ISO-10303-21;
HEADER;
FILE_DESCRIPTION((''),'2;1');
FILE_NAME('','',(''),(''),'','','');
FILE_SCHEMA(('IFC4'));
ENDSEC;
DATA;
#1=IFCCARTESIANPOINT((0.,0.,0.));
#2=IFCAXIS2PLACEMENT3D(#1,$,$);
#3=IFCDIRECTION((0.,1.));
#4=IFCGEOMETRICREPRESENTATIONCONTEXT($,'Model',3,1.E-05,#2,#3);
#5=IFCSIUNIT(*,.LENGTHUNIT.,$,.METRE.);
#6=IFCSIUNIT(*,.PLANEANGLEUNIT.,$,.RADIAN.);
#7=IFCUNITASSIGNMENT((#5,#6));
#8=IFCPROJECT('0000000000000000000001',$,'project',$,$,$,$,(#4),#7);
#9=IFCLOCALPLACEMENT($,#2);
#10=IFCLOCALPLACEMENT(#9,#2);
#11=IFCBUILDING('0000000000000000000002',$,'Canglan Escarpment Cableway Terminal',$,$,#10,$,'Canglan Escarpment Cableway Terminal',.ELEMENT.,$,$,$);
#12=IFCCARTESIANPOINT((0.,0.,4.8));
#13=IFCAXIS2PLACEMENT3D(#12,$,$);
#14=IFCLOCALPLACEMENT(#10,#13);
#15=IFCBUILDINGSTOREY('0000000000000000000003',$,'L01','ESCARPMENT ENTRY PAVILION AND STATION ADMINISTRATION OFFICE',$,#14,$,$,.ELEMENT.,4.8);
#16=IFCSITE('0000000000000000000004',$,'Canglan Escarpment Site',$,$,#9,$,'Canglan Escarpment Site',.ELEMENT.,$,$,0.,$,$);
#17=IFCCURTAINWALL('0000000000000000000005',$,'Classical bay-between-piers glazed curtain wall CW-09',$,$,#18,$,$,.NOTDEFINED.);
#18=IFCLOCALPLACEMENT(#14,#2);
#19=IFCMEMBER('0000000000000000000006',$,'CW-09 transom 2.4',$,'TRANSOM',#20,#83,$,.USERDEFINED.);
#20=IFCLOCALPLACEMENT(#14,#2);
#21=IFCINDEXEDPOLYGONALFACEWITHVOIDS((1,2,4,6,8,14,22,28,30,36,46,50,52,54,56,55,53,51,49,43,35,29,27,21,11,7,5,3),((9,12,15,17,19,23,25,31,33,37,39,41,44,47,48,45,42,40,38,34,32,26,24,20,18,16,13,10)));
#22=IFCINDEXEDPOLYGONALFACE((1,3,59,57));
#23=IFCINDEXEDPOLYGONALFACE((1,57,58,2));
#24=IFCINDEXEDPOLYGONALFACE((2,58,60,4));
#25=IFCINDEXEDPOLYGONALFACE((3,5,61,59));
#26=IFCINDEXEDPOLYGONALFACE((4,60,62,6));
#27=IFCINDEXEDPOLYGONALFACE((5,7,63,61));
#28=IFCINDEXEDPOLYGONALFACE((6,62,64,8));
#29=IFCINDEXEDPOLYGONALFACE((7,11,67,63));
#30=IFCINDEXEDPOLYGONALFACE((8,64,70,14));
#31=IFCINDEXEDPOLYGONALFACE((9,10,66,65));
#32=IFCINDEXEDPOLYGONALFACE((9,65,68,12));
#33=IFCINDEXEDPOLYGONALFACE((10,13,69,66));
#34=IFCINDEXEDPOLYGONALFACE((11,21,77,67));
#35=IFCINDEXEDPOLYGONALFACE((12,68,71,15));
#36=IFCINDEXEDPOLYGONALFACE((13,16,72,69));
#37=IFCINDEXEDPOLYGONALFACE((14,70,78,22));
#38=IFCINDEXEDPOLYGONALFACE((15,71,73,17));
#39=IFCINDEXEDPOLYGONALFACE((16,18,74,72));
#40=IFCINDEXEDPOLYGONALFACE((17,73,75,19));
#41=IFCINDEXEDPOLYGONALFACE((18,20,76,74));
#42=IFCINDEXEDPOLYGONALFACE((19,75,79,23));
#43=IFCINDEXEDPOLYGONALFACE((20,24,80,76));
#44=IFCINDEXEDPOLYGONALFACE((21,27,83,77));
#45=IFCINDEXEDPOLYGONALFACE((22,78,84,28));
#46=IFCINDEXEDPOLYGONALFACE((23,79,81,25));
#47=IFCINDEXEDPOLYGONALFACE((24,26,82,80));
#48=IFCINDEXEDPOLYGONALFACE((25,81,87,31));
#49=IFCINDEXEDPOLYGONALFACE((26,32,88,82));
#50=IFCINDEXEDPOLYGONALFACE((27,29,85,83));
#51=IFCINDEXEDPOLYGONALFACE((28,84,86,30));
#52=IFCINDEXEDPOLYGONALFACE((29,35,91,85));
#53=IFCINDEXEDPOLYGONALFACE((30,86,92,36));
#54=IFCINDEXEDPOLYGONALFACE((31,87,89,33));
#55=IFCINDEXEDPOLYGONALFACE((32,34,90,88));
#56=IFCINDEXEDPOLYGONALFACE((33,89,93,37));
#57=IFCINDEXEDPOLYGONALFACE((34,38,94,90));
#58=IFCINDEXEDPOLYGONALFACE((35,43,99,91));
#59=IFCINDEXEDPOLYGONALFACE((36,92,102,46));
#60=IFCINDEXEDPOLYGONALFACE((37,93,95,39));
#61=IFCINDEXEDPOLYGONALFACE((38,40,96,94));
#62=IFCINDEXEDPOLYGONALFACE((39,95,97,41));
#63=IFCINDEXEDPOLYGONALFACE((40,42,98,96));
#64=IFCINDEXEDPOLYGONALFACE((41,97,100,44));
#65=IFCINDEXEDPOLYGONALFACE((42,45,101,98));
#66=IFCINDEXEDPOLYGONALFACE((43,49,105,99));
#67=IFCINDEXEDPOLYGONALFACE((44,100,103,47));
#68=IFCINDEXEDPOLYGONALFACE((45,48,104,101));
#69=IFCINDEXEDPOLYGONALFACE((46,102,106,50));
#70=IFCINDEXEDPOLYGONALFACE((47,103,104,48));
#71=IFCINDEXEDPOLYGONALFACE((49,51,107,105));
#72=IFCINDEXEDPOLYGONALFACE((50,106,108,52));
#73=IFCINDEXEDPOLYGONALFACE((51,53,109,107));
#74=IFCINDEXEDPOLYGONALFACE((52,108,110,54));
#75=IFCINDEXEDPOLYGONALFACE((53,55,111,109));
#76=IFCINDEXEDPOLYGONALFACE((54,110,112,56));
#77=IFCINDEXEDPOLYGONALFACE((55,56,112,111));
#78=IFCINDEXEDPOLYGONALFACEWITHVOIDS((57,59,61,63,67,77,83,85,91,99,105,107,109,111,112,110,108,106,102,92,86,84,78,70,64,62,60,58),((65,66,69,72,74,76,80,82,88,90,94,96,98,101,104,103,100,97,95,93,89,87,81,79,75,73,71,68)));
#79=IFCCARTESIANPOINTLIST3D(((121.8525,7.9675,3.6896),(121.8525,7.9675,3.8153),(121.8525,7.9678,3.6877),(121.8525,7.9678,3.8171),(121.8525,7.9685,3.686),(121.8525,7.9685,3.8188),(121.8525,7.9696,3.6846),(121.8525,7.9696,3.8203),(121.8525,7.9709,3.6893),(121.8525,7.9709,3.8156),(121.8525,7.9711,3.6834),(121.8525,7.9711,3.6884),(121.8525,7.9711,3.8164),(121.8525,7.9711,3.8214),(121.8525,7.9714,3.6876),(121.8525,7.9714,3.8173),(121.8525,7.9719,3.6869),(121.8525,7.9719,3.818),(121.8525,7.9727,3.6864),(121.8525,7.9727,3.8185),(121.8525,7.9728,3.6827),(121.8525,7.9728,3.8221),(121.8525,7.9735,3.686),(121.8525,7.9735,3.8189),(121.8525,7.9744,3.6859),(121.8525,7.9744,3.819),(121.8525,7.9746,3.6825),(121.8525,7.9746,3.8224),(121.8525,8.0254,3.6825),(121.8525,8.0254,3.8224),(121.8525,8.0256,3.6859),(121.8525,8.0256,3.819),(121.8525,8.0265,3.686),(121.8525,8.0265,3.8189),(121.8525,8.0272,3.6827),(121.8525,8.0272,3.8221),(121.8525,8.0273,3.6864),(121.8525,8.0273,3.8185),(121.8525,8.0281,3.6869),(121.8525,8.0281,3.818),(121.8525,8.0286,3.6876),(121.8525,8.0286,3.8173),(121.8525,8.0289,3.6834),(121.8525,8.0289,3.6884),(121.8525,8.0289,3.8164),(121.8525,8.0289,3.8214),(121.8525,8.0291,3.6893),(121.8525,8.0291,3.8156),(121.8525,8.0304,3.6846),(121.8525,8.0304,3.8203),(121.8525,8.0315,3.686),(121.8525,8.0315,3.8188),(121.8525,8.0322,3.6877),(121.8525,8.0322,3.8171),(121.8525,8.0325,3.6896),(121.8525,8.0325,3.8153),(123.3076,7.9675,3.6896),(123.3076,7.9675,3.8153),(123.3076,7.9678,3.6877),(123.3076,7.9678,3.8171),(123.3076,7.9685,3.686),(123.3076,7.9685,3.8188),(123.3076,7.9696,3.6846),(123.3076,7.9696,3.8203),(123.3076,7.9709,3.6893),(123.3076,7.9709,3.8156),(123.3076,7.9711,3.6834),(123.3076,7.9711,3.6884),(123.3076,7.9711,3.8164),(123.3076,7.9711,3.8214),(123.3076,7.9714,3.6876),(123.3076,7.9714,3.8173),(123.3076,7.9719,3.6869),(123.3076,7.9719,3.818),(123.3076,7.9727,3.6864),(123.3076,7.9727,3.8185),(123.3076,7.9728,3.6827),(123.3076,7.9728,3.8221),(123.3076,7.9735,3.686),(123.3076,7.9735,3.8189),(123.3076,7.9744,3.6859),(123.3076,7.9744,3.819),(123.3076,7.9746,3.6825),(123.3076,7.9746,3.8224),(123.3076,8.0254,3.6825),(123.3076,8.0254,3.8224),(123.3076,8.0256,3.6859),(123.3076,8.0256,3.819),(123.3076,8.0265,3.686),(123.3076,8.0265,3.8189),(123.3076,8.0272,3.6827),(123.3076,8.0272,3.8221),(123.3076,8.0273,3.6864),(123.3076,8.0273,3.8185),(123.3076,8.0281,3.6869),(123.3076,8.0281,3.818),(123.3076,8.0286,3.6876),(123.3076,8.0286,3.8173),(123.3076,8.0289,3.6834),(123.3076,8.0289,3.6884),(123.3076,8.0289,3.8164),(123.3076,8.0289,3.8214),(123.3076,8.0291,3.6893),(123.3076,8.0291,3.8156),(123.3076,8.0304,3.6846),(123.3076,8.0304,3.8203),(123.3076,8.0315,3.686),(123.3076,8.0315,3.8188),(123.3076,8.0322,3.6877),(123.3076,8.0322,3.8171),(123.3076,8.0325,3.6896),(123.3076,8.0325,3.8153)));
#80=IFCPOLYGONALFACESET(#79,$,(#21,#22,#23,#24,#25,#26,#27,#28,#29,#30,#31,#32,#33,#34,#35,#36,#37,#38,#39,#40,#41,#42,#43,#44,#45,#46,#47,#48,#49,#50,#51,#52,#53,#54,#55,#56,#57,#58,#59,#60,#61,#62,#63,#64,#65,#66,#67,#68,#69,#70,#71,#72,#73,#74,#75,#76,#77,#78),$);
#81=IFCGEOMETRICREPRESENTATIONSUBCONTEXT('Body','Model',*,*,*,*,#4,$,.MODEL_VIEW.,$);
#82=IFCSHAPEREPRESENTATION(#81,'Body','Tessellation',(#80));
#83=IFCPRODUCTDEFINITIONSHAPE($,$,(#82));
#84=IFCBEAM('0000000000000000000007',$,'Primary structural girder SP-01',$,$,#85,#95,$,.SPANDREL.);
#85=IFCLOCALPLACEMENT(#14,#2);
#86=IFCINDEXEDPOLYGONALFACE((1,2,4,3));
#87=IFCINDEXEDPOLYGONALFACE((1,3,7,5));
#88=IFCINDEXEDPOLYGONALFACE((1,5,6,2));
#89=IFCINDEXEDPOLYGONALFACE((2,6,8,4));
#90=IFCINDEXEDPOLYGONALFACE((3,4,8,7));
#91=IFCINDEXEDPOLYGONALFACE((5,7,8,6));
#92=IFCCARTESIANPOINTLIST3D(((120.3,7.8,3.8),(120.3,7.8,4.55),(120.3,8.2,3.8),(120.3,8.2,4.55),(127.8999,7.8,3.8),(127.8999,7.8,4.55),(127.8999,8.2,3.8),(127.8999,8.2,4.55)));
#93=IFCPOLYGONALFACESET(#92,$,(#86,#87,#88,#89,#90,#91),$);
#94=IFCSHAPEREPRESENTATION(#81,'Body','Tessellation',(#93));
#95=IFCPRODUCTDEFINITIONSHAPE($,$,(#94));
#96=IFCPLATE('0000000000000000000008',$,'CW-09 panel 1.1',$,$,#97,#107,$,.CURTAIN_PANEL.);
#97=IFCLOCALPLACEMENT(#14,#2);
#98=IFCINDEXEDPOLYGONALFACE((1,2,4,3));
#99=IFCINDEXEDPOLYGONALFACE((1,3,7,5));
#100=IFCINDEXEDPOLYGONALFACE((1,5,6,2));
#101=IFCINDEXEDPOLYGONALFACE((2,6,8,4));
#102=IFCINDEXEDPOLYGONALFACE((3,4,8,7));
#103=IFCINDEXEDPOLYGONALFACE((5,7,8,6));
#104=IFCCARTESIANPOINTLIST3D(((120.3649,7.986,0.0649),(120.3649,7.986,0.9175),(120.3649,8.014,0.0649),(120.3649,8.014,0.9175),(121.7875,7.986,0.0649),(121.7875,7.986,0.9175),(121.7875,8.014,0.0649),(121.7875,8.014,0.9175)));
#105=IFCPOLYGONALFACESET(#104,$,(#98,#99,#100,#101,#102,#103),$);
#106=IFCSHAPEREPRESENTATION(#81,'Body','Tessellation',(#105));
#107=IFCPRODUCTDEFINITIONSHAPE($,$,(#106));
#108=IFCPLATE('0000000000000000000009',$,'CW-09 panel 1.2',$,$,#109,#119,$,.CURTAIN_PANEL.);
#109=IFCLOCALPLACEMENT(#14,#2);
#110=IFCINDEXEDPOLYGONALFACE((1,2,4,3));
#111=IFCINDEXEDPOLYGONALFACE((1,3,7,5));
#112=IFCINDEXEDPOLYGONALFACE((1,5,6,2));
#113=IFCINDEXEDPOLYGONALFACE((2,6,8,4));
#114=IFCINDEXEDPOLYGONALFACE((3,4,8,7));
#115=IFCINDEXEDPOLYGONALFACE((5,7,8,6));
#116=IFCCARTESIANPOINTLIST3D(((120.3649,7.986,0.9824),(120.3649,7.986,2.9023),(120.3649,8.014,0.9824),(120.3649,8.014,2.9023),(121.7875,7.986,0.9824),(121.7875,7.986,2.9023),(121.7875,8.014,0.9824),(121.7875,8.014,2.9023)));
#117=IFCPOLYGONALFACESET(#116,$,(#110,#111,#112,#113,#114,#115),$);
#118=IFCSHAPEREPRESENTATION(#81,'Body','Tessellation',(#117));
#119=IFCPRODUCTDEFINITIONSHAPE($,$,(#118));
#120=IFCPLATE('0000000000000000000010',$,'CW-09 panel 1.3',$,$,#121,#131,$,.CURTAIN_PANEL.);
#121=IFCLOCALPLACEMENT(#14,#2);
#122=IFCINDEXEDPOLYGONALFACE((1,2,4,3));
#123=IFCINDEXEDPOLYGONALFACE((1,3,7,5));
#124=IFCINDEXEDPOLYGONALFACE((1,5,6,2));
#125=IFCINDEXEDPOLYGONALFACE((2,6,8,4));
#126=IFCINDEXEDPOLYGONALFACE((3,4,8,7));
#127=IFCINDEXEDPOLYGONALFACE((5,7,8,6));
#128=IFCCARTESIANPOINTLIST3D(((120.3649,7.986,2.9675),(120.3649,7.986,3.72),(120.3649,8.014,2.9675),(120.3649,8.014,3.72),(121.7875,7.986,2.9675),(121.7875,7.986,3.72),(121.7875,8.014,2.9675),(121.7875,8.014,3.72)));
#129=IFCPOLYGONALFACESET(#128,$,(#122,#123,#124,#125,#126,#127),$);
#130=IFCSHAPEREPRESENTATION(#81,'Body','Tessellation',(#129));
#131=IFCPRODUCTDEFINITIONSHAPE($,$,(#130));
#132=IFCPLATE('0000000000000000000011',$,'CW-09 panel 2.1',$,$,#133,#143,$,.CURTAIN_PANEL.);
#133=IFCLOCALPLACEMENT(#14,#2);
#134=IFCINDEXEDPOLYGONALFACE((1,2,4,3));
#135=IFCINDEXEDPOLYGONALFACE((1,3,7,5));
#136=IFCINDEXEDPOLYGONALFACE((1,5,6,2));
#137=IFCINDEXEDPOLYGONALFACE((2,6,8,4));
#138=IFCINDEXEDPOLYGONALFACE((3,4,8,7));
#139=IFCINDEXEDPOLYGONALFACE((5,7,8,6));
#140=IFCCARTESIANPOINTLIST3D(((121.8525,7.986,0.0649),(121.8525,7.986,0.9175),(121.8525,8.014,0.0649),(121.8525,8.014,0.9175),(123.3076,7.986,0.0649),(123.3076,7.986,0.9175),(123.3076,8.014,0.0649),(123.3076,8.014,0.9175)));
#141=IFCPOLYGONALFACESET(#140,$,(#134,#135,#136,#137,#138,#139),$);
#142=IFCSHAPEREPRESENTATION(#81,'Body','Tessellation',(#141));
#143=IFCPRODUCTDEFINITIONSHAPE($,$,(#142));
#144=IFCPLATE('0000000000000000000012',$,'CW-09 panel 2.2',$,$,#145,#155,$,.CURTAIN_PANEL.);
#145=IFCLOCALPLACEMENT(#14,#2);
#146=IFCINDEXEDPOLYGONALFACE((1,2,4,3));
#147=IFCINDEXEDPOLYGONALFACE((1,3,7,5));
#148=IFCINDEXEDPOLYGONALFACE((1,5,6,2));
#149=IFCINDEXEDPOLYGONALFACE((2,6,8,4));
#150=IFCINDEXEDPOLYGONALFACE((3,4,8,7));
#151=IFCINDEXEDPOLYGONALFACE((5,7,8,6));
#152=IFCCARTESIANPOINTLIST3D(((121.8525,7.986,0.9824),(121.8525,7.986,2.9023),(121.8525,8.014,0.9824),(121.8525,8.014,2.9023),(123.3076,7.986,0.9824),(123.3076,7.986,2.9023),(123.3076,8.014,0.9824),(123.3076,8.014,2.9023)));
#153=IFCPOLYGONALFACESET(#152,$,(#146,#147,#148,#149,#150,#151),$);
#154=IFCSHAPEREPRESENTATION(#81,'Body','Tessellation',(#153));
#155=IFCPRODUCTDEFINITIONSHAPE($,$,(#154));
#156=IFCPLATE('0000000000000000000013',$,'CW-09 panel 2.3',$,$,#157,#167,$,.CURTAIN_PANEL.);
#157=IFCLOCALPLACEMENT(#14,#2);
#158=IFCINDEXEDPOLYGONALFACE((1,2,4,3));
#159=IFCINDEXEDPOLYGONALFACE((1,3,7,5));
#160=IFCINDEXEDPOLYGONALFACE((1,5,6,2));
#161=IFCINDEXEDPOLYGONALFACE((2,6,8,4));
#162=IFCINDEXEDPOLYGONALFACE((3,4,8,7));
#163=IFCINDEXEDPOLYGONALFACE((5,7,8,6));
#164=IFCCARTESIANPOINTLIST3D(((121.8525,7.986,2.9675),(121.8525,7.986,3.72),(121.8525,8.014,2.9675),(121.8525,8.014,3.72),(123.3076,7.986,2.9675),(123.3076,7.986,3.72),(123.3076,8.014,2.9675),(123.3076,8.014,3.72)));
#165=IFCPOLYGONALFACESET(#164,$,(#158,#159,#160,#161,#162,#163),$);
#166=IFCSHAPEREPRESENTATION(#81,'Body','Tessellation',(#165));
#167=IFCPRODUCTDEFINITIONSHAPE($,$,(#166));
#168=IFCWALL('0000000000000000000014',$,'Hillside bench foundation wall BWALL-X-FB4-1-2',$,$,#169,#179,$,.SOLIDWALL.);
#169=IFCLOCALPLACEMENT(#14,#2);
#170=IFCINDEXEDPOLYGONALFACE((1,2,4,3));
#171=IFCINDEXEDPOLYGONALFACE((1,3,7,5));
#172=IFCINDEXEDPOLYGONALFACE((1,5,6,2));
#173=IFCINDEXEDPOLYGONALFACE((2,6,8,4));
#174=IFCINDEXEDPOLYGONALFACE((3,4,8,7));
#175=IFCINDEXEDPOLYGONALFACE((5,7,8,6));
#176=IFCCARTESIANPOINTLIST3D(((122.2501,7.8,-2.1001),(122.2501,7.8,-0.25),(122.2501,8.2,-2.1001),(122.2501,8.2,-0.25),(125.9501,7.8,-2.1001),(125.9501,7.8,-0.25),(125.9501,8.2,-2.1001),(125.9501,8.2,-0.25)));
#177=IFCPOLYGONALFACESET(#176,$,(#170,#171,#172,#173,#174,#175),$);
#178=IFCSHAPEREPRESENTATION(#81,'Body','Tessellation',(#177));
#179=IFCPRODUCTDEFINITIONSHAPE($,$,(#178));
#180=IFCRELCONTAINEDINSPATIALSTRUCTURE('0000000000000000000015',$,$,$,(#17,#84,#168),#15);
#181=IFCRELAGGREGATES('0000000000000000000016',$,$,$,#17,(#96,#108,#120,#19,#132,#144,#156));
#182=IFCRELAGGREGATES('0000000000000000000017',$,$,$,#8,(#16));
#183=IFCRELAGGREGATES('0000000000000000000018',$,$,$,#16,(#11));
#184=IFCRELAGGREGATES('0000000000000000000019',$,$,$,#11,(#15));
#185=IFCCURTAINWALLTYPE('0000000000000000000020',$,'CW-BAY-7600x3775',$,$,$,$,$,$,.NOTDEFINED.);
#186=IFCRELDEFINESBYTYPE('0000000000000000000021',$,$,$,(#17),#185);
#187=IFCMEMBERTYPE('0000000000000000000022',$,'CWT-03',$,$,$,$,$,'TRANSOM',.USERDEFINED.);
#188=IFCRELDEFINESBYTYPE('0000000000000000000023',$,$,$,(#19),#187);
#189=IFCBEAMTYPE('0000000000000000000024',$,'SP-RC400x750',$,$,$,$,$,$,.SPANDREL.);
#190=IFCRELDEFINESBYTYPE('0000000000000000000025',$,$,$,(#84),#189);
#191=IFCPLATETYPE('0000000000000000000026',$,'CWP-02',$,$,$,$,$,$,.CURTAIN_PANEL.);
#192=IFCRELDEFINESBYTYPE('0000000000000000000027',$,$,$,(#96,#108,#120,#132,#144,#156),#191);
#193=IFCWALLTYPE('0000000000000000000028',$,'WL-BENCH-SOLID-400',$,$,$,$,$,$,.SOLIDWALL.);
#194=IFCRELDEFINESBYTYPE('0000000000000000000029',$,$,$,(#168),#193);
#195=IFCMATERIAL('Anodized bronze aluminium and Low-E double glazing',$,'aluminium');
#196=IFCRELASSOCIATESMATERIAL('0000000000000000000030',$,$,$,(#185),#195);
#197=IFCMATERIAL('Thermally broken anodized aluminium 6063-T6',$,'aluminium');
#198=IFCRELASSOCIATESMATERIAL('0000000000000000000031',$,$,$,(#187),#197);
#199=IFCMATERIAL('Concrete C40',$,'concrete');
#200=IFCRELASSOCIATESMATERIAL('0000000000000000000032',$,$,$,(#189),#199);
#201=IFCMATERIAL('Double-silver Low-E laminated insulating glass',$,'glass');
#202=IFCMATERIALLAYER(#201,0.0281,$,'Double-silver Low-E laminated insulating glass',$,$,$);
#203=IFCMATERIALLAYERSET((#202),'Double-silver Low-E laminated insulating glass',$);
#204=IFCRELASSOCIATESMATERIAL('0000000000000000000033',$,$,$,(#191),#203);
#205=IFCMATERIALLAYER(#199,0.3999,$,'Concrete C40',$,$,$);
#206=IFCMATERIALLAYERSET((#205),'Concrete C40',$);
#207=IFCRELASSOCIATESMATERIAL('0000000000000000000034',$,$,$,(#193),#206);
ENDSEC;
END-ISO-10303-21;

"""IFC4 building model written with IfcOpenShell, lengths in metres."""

from ifc_helpers import new_model, si_unit, direction, frame, frame_2d, origin, origin_2d, place, context, subcontext, project, spatial, rectangle, hollow_rectangle, extrude, material, layer, layer_set, material_profile, profile_set, type_object, element, aggregate, save


model = new_model("IFC4")

# Units and contexts
model_context = context("Model", 3, precision=1e-05, world=origin(), true_north=direction((0.0, 1.0)))
body_context = subcontext(model_context, "Body", "Model", "MODEL_VIEW")
ifc_project = project(units=[si_unit("LENGTHUNIT", "METRE"), si_unit("PLANEANGLEUNIT", "RADIAN")], contexts=[model_context])

# Site, building, storey
site_placement = place(None, origin())
site = spatial("IfcSite", under=ifc_project, at=site_placement, Name="Canglan Escarpment Site", LongName="Canglan Escarpment Site", CompositionType="ELEMENT", RefElevation=0.0)
building_placement = place(site_placement, origin())
building = spatial("IfcBuilding", under=site, at=building_placement, Name="Canglan Escarpment Cableway Terminal", LongName="Canglan Escarpment Cableway Terminal", CompositionType="ELEMENT")
storey_placement = place(building_placement, frame((0.0, 0.0, 4.8)))
storey = spatial("IfcBuildingStorey", under=building, at=storey_placement, Name="L01", Description="ESCARPMENT ENTRY PAVILION AND STATION ADMINISTRATION OFFICE", CompositionType="ELEMENT", Elevation=4.8)

# Shared definitions
ifc_material_1 = material(Name="Concrete C40", Category="concrete")

# Curtain wall, member
ifc_material_2 = material(Name="Anodized bronze aluminium and Low-E double glazing", Category="aluminium")
curtain_wall_type = type_object("IfcCurtainWallType", Name="CW-BAY-7600x3775", PredefinedType="NOTDEFINED", material=ifc_material_2)
curtain_wall_placement = place(storey_placement, origin())
curtain_wall = element("IfcCurtainWall", 1, at=curtain_wall_placement, inside=storey, type_object=curtain_wall_type, Name="Classical bay-between-piers glazed curtain wall CW-09", PredefinedType="NOTDEFINED")
ifc_material_3 = material(Name="Thermally broken anodized aluminium 6063-T6", Category="aluminium")
ifc_material_profile_1 = material_profile(ifc_material_3, hollow_rectangle(XDim=0.0649, YDim=0.1399, WallThickness=0.0034, InnerFilletRadius=0.0034, OuterFilletRadius=0.0071, at=origin_2d()), Name="ALU-TRAN 65x140x3.5")
ifc_profile_set_1 = profile_set([ifc_material_profile_1], Name="Thermally broken anodized aluminium 6063-T6")
member_type_1 = type_object("IfcMemberType", Name="CWT-03", ElementType="TRANSOM", PredefinedType="USERDEFINED", material=ifc_profile_set_1)
member_1_placement = place(storey_placement, frame((121.8525, 8.0, 3.7524), z_axis=(1.0, 0.0, 0.0), x_axis=(0.0, 1.0, 0.0)))
member_1 = element("IfcMember", 2, at=member_1_placement, type_object=member_type_1, Name="CW-09 transom 2.4", ObjectType="TRANSOM", PredefinedType="USERDEFINED", context=body_context, shape_type="SweptSolid", body=[
    extrude(hollow_rectangle(XDim=0.0649, YDim=0.1399, WallThickness=0.0034, InnerFilletRadius=0.0034, OuterFilletRadius=0.0071, at=origin_2d()), origin(), (0.0, 0.0, 1.0), 1.4551),
])

# Beam
ifc_material_profile_2 = material_profile(ifc_material_1, rectangle(XDim=0.3999, YDim=0.75, at=origin_2d()), Name="RC 400x750")
ifc_profile_set_2 = profile_set([ifc_material_profile_2], Name="Concrete C40")
beam_type = type_object("IfcBeamType", Name="SP-RC400x750", PredefinedType="SPANDREL", material=ifc_profile_set_2)
beam_placement = place(storey_placement, frame((120.3, 8.0, 4.175), z_axis=(1.0, 0.0, 0.0), x_axis=(0.0, 1.0, 0.0)))
element("IfcBeam", 3, at=beam_placement, inside=storey, type_object=beam_type, Name="Primary structural girder SP-01", PredefinedType="SPANDREL", context=body_context, shape_type="SweptSolid", body=[
    extrude(rectangle(XDim=0.3999, YDim=0.75, at=origin_2d()), origin(), (0.0, 0.0, 1.0), 7.5999),
])

# Plates
ifc_material_4 = material(Name="Double-silver Low-E laminated insulating glass", Category="glass")
ifc_layer_1 = layer(ifc_material_4, 0.0281, Name="Double-silver Low-E laminated insulating glass")
ifc_layer_set_1 = layer_set([ifc_layer_1], Name="Double-silver Low-E laminated insulating glass")
plate_type = type_object("IfcPlateType", Name="CWP-02", PredefinedType="CURTAIN_PANEL", material=ifc_layer_set_1)
plate_1_placement = place(storey_placement, frame((121.0762, 8.0, 0.0649), z_axis=(0.0, 0.0, 1.0), x_axis=(1.0, 0.0, 0.0)))
plate_1 = element("IfcPlate", 4, at=plate_1_placement, type_object=plate_type, Name="CW-09 panel 1.1", PredefinedType="CURTAIN_PANEL", context=body_context, shape_type="SweptSolid", body=[
    extrude(rectangle(XDim=1.4226, YDim=0.0281, at=origin_2d()), origin(), (0.0, 0.0, 1.0), 0.8525),
])
plate_2_placement = place(storey_placement, frame((121.0762, 8.0, 0.9824), z_axis=(0.0, 0.0, 1.0), x_axis=(1.0, 0.0, 0.0)))
plate_2 = element("IfcPlate", 5, at=plate_2_placement, type_object=plate_type, Name="CW-09 panel 1.2", PredefinedType="CURTAIN_PANEL", context=body_context, shape_type="SweptSolid", body=[
    extrude(rectangle(XDim=1.4226, YDim=0.0281, at=origin_2d()), origin(), (0.0, 0.0, 1.0), 1.9199),
])
plate_3_placement = place(storey_placement, frame((121.0762, 8.0, 2.9675), z_axis=(0.0, 0.0, 1.0), x_axis=(1.0, 0.0, 0.0)))
plate_3 = element("IfcPlate", 6, at=plate_3_placement, type_object=plate_type, Name="CW-09 panel 1.3", PredefinedType="CURTAIN_PANEL", context=body_context, shape_type="SweptSolid", body=[
    extrude(rectangle(XDim=1.4226, YDim=0.0281, at=origin_2d()), origin(), (0.0, 0.0, 1.0), 0.7524),
])
plate_4_placement = place(storey_placement, frame((122.5801, 8.0, 0.0649), z_axis=(0.0, 0.0, 1.0), x_axis=(1.0, 0.0, 0.0)))
plate_4 = element("IfcPlate", 7, at=plate_4_placement, type_object=plate_type, Name="CW-09 panel 2.1", PredefinedType="CURTAIN_PANEL", context=body_context, shape_type="SweptSolid", body=[
    extrude(rectangle(XDim=1.4551, YDim=0.0281, at=origin_2d()), origin(), (0.0, 0.0, 1.0), 0.8525),
])
plate_5_placement = place(storey_placement, frame((122.5801, 8.0, 0.9824), z_axis=(0.0, 0.0, 1.0), x_axis=(1.0, 0.0, 0.0)))
plate_5 = element("IfcPlate", 8, at=plate_5_placement, type_object=plate_type, Name="CW-09 panel 2.2", PredefinedType="CURTAIN_PANEL", context=body_context, shape_type="SweptSolid", body=[
    extrude(rectangle(XDim=1.4551, YDim=0.0281, at=origin_2d()), origin(), (0.0, 0.0, 1.0), 1.9199),
])
plate_6_placement = place(storey_placement, frame((122.5801, 8.0, 2.9675), z_axis=(0.0, 0.0, 1.0), x_axis=(1.0, 0.0, 0.0)))
plate_6 = element("IfcPlate", 9, at=plate_6_placement, type_object=plate_type, Name="CW-09 panel 2.3", PredefinedType="CURTAIN_PANEL", context=body_context, shape_type="SweptSolid", body=[
    extrude(rectangle(XDim=1.4551, YDim=0.0281, at=origin_2d()), origin(), (0.0, 0.0, 1.0), 0.7524),
])
aggregate(curtain_wall, [plate_1, plate_2, plate_3, member_1, plate_4, plate_5, plate_6])

# Wall
ifc_layer_2 = layer(ifc_material_1, 0.3999, Name="Concrete C40")
ifc_layer_set_2 = layer_set([ifc_layer_2], Name="Concrete C40")
wall_type = type_object("IfcWallType", Name="WL-BENCH-SOLID-400", PredefinedType="SOLIDWALL", material=ifc_layer_set_2)
wall_placement = place(storey_placement, frame((122.25, 8.0, -2.1001), z_axis=(0.0, 0.0, 1.0), x_axis=(1.0, 0.0, 0.0)))
element("IfcWall", 10, at=wall_placement, inside=storey, type_object=wall_type, Name="Hillside bench foundation wall BWALL-X-FB4-1-2", PredefinedType="SOLIDWALL", context=body_context, shape_type="SweptSolid", body=[
    extrude(rectangle(XDim=3.7, YDim=0.3999, at=frame_2d((1.8501, 0.0))), origin(), (0.0, 0.0, 1.0), 1.8501),
])

save(model, "model.ifc")
